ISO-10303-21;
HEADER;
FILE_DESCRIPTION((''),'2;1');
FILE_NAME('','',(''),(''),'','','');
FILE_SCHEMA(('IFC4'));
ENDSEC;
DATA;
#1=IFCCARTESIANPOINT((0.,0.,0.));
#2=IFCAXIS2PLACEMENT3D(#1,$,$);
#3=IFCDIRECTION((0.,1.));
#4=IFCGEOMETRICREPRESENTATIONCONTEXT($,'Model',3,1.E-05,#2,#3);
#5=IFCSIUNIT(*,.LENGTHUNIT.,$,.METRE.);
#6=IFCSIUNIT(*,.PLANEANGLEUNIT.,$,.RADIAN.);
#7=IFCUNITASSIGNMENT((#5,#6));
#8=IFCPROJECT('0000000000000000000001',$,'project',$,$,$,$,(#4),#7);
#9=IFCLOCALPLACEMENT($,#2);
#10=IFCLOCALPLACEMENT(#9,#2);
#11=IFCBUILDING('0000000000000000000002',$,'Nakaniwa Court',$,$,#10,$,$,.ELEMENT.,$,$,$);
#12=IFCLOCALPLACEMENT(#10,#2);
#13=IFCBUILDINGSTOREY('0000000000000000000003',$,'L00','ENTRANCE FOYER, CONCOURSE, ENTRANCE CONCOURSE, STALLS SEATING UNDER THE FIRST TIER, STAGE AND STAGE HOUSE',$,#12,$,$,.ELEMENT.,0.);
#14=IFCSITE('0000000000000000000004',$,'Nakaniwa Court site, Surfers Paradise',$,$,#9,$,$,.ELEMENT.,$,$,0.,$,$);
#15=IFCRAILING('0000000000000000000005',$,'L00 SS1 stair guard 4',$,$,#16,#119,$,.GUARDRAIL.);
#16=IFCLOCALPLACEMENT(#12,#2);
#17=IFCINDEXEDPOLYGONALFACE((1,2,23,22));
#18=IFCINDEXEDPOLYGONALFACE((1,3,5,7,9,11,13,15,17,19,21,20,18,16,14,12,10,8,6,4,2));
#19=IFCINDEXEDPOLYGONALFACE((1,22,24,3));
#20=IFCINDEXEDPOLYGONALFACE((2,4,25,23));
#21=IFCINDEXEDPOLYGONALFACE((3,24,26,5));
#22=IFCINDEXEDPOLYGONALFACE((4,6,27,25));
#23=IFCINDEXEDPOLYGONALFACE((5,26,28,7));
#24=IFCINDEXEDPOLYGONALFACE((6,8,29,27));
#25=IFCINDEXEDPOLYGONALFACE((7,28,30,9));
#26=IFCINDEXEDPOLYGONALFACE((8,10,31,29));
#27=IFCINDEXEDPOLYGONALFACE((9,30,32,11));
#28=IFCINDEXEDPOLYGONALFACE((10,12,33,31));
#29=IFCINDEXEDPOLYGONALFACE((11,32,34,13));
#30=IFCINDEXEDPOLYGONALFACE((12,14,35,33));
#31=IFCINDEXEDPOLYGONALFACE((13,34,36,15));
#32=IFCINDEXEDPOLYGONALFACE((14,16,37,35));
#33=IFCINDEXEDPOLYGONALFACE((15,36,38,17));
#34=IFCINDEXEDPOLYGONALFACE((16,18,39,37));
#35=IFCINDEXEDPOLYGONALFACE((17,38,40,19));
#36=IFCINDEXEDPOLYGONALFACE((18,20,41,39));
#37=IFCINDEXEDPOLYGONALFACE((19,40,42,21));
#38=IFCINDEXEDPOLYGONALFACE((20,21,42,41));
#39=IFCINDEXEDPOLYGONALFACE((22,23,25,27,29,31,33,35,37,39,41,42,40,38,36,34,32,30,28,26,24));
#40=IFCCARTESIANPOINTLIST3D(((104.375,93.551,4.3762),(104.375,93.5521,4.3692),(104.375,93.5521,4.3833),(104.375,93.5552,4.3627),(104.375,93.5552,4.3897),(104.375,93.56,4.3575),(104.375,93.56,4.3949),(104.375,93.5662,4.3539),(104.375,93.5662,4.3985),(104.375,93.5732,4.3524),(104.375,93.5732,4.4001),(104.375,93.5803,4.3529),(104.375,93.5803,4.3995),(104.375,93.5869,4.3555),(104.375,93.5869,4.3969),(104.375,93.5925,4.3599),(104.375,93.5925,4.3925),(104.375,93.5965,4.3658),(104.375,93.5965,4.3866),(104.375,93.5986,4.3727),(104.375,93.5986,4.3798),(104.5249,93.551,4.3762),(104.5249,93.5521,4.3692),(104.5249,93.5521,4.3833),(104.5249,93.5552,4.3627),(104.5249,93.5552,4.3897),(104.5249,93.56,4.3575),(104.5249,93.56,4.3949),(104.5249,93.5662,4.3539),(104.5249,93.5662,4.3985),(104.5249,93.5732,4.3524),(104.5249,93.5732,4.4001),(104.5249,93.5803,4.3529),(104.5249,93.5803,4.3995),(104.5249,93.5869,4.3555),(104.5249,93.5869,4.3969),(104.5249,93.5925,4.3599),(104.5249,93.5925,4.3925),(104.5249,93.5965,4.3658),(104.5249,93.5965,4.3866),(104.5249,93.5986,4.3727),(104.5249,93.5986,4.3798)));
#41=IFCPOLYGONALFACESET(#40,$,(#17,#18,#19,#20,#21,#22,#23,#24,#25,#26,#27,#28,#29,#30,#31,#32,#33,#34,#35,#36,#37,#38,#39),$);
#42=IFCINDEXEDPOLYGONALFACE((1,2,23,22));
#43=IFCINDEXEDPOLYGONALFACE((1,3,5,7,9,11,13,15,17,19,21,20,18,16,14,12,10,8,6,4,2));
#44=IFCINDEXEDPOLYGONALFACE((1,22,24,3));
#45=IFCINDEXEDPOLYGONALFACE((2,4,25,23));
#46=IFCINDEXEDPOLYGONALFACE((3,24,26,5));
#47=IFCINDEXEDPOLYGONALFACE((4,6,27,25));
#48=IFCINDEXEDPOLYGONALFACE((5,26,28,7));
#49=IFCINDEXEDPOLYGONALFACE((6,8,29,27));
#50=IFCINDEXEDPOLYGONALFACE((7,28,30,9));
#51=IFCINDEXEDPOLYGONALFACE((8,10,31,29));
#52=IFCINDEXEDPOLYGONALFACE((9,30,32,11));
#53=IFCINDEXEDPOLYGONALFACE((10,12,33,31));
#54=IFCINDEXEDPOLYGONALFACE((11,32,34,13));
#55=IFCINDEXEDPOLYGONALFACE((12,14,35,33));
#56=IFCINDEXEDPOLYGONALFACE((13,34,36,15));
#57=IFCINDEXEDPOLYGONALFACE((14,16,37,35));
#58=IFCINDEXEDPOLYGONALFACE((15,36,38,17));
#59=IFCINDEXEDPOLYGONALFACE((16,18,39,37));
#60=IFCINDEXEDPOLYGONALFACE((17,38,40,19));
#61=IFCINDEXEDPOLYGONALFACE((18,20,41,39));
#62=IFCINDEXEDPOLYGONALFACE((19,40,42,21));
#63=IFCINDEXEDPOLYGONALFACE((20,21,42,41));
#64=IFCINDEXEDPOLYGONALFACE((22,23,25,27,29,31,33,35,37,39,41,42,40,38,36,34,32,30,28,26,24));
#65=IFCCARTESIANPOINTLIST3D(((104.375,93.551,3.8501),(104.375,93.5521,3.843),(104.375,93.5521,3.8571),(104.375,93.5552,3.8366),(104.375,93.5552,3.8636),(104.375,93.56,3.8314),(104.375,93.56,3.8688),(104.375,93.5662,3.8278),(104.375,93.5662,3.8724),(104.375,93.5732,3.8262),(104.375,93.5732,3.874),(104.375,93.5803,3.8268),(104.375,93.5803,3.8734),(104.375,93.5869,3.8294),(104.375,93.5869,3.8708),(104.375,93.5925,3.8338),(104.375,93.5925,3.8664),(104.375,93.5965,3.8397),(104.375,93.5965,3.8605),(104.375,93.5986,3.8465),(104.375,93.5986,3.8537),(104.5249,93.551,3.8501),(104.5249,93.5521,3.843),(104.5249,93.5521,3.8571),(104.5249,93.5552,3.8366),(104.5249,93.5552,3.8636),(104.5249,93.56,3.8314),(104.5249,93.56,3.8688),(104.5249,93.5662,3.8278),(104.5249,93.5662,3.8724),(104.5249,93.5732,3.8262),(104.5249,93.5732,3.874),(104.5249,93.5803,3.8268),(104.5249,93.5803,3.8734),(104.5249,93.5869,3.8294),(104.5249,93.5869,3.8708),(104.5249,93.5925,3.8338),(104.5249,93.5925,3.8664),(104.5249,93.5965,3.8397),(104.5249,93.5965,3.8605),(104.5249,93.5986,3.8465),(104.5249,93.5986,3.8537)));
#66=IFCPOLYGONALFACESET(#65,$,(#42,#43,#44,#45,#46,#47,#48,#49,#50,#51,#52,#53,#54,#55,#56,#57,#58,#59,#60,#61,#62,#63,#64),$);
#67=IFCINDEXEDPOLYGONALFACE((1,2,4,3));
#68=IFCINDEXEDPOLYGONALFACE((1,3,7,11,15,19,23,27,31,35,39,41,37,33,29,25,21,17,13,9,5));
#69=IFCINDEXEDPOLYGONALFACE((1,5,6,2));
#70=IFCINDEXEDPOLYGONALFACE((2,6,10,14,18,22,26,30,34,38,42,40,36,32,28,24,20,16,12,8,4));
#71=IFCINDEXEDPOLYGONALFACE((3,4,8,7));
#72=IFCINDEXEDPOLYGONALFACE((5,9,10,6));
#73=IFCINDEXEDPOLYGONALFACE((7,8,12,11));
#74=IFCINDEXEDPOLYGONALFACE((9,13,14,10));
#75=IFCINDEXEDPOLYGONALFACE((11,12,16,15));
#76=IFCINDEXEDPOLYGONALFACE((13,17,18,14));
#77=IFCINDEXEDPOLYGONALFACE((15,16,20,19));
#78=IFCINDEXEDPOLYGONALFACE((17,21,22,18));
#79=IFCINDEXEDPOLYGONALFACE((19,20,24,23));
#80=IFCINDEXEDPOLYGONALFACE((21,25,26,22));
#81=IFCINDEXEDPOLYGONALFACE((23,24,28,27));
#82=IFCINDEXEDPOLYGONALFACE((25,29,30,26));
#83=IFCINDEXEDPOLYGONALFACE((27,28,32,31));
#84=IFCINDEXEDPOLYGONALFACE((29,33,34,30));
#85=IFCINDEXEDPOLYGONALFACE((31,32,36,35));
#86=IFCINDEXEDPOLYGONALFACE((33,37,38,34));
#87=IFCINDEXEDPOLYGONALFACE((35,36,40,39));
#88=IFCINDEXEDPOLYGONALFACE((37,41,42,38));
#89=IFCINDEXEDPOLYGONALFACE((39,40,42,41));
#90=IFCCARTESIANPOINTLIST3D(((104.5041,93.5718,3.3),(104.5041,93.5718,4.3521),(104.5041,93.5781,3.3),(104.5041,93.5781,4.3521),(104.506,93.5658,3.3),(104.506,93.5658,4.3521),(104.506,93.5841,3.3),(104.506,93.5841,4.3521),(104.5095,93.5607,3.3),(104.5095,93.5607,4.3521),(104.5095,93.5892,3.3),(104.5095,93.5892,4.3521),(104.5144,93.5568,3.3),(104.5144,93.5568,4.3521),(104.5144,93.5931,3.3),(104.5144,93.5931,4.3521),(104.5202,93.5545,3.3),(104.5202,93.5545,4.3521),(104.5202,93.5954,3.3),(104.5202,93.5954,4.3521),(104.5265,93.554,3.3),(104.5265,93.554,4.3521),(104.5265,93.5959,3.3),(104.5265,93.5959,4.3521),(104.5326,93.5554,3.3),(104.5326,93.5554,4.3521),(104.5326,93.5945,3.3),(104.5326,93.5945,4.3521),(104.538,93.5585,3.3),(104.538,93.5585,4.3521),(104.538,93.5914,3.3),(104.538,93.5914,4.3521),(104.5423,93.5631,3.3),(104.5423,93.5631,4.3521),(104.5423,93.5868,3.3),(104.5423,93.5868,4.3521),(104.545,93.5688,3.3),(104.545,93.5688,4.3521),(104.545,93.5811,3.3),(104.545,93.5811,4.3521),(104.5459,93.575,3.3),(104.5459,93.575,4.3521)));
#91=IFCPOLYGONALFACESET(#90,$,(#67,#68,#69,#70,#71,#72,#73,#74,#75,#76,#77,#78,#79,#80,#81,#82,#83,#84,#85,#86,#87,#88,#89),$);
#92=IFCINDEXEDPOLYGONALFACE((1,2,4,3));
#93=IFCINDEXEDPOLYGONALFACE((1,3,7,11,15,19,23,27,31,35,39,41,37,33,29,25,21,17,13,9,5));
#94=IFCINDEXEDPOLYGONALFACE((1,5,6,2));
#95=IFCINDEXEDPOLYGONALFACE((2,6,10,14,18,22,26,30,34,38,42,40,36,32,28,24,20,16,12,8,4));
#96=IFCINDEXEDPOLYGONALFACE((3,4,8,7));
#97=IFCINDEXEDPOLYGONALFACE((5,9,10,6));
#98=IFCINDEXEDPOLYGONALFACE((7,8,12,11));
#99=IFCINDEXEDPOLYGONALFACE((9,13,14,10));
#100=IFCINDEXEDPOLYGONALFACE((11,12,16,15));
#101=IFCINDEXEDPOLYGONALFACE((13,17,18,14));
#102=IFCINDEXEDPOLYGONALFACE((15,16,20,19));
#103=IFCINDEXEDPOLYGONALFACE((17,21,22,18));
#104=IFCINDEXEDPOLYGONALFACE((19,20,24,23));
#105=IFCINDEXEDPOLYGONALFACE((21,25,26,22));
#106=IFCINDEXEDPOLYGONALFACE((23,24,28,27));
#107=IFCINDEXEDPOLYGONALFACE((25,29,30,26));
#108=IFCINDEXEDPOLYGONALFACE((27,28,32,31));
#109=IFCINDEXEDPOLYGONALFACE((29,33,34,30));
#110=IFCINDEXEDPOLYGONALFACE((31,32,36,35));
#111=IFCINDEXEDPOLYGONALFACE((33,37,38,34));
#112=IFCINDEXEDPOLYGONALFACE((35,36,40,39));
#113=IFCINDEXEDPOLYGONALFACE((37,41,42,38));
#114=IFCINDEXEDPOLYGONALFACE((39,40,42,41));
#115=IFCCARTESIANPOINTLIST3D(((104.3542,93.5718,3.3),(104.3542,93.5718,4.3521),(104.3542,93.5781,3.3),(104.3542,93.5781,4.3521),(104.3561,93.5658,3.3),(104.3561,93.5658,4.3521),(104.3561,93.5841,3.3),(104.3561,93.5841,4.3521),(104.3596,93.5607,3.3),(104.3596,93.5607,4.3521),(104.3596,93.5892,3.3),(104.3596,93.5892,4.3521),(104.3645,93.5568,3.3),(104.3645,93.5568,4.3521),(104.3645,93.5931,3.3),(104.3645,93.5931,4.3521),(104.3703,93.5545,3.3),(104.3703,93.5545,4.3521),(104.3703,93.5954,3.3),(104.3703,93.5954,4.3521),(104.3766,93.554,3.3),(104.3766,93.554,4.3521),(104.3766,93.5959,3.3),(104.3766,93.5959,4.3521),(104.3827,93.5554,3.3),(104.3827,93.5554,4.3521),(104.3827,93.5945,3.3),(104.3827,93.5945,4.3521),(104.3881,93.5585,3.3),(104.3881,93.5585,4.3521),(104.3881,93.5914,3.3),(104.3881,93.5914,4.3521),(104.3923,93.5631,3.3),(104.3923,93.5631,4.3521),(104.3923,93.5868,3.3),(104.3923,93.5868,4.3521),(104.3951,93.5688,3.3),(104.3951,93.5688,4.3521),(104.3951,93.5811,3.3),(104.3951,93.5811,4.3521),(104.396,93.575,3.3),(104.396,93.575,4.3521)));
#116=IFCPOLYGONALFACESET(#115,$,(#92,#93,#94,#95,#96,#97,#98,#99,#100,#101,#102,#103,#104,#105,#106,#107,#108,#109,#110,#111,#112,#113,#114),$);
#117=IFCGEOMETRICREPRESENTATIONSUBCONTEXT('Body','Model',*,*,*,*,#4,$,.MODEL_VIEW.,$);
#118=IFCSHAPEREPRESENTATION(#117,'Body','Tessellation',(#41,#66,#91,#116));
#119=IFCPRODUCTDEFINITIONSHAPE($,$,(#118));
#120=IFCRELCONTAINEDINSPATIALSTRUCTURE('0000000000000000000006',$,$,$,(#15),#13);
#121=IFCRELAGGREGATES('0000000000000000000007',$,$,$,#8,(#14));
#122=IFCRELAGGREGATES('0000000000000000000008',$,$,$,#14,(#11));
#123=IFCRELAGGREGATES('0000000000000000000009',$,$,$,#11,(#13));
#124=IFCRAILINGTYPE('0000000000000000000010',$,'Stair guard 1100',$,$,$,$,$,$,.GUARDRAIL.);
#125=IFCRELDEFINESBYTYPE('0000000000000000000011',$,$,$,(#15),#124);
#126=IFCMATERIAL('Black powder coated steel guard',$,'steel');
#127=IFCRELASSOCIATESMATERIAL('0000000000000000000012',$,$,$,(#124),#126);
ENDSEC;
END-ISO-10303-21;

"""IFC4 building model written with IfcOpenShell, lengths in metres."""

from ifc_helpers import new_model, si_unit, direction, frame, origin, origin_2d, place, context, subcontext, project, spatial, circle, extrude, material, type_object, element, save


model = new_model("IFC4")

# Units and contexts
model_context = context("Model", 3, precision=1e-05, world=origin(), true_north=direction((0.0, 1.0)))
body_context = subcontext(model_context, "Body", "Model", "MODEL_VIEW")
ifc_project = project(units=[si_unit("LENGTHUNIT", "METRE"), si_unit("PLANEANGLEUNIT", "RADIAN")], contexts=[model_context])

# Site, building, storey
site_placement = place(None, origin())
site = spatial("IfcSite", under=ifc_project, at=site_placement, Name="Nakaniwa Court site, Surfers Paradise", CompositionType="ELEMENT", RefElevation=0.0)
building_placement = place(site_placement, origin())
building = spatial("IfcBuilding", under=site, at=building_placement, Name="Nakaniwa Court", CompositionType="ELEMENT")
storey_placement = place(building_placement, origin())
storey = spatial("IfcBuildingStorey", under=building, at=storey_placement, Name="L00", Description="ENTRANCE FOYER, CONCOURSE, ENTRANCE CONCOURSE, STALLS SEATING UNDER THE FIRST TIER, STAGE AND STAGE HOUSE", CompositionType="ELEMENT", Elevation=0.0)

# Railing
ifc_material_1 = material(Name="Black powder coated steel guard", Category="steel")
railing_type_1 = type_object("IfcRailingType", Name="Stair guard 1100", PredefinedType="GUARDRAIL", material=ifc_material_1)
railing_1_placement = place(storey_placement, frame((104.5249, 93.575, 3.3)))
element("IfcRailing", 1, at=railing_1_placement, inside=storey, type_object=railing_type_1, Name="L00 SS1 stair guard 4", PredefinedType="GUARDRAIL", context=body_context, shape_type="SweptSolid", body=[
    extrude(circle(Radius=0.0239, at=origin_2d()), frame((0.0, 0.0, 1.0762), z_axis=(-1.0, 0.0, 0.0), x_axis=(0.0, -1.0, 0.0)), (0.0, 0.0, 1.0), 0.1499),
    extrude(circle(Radius=0.0239, at=origin_2d()), frame((0.0, 0.0, 0.55), z_axis=(-1.0, 0.0, 0.0), x_axis=(0.0, -1.0, 0.0)), (0.0, 0.0, 1.0), 0.1499),
    extrude(circle(Radius=0.021, at=origin_2d()), origin(), (0.0, 0.0, 1.0), 1.052),
    extrude(circle(Radius=0.021, at=origin_2d()), frame((-0.1499, 0.0, 0.0)), (0.0, 0.0, 1.0), 1.052),
])

save(model, "model.ifc")
